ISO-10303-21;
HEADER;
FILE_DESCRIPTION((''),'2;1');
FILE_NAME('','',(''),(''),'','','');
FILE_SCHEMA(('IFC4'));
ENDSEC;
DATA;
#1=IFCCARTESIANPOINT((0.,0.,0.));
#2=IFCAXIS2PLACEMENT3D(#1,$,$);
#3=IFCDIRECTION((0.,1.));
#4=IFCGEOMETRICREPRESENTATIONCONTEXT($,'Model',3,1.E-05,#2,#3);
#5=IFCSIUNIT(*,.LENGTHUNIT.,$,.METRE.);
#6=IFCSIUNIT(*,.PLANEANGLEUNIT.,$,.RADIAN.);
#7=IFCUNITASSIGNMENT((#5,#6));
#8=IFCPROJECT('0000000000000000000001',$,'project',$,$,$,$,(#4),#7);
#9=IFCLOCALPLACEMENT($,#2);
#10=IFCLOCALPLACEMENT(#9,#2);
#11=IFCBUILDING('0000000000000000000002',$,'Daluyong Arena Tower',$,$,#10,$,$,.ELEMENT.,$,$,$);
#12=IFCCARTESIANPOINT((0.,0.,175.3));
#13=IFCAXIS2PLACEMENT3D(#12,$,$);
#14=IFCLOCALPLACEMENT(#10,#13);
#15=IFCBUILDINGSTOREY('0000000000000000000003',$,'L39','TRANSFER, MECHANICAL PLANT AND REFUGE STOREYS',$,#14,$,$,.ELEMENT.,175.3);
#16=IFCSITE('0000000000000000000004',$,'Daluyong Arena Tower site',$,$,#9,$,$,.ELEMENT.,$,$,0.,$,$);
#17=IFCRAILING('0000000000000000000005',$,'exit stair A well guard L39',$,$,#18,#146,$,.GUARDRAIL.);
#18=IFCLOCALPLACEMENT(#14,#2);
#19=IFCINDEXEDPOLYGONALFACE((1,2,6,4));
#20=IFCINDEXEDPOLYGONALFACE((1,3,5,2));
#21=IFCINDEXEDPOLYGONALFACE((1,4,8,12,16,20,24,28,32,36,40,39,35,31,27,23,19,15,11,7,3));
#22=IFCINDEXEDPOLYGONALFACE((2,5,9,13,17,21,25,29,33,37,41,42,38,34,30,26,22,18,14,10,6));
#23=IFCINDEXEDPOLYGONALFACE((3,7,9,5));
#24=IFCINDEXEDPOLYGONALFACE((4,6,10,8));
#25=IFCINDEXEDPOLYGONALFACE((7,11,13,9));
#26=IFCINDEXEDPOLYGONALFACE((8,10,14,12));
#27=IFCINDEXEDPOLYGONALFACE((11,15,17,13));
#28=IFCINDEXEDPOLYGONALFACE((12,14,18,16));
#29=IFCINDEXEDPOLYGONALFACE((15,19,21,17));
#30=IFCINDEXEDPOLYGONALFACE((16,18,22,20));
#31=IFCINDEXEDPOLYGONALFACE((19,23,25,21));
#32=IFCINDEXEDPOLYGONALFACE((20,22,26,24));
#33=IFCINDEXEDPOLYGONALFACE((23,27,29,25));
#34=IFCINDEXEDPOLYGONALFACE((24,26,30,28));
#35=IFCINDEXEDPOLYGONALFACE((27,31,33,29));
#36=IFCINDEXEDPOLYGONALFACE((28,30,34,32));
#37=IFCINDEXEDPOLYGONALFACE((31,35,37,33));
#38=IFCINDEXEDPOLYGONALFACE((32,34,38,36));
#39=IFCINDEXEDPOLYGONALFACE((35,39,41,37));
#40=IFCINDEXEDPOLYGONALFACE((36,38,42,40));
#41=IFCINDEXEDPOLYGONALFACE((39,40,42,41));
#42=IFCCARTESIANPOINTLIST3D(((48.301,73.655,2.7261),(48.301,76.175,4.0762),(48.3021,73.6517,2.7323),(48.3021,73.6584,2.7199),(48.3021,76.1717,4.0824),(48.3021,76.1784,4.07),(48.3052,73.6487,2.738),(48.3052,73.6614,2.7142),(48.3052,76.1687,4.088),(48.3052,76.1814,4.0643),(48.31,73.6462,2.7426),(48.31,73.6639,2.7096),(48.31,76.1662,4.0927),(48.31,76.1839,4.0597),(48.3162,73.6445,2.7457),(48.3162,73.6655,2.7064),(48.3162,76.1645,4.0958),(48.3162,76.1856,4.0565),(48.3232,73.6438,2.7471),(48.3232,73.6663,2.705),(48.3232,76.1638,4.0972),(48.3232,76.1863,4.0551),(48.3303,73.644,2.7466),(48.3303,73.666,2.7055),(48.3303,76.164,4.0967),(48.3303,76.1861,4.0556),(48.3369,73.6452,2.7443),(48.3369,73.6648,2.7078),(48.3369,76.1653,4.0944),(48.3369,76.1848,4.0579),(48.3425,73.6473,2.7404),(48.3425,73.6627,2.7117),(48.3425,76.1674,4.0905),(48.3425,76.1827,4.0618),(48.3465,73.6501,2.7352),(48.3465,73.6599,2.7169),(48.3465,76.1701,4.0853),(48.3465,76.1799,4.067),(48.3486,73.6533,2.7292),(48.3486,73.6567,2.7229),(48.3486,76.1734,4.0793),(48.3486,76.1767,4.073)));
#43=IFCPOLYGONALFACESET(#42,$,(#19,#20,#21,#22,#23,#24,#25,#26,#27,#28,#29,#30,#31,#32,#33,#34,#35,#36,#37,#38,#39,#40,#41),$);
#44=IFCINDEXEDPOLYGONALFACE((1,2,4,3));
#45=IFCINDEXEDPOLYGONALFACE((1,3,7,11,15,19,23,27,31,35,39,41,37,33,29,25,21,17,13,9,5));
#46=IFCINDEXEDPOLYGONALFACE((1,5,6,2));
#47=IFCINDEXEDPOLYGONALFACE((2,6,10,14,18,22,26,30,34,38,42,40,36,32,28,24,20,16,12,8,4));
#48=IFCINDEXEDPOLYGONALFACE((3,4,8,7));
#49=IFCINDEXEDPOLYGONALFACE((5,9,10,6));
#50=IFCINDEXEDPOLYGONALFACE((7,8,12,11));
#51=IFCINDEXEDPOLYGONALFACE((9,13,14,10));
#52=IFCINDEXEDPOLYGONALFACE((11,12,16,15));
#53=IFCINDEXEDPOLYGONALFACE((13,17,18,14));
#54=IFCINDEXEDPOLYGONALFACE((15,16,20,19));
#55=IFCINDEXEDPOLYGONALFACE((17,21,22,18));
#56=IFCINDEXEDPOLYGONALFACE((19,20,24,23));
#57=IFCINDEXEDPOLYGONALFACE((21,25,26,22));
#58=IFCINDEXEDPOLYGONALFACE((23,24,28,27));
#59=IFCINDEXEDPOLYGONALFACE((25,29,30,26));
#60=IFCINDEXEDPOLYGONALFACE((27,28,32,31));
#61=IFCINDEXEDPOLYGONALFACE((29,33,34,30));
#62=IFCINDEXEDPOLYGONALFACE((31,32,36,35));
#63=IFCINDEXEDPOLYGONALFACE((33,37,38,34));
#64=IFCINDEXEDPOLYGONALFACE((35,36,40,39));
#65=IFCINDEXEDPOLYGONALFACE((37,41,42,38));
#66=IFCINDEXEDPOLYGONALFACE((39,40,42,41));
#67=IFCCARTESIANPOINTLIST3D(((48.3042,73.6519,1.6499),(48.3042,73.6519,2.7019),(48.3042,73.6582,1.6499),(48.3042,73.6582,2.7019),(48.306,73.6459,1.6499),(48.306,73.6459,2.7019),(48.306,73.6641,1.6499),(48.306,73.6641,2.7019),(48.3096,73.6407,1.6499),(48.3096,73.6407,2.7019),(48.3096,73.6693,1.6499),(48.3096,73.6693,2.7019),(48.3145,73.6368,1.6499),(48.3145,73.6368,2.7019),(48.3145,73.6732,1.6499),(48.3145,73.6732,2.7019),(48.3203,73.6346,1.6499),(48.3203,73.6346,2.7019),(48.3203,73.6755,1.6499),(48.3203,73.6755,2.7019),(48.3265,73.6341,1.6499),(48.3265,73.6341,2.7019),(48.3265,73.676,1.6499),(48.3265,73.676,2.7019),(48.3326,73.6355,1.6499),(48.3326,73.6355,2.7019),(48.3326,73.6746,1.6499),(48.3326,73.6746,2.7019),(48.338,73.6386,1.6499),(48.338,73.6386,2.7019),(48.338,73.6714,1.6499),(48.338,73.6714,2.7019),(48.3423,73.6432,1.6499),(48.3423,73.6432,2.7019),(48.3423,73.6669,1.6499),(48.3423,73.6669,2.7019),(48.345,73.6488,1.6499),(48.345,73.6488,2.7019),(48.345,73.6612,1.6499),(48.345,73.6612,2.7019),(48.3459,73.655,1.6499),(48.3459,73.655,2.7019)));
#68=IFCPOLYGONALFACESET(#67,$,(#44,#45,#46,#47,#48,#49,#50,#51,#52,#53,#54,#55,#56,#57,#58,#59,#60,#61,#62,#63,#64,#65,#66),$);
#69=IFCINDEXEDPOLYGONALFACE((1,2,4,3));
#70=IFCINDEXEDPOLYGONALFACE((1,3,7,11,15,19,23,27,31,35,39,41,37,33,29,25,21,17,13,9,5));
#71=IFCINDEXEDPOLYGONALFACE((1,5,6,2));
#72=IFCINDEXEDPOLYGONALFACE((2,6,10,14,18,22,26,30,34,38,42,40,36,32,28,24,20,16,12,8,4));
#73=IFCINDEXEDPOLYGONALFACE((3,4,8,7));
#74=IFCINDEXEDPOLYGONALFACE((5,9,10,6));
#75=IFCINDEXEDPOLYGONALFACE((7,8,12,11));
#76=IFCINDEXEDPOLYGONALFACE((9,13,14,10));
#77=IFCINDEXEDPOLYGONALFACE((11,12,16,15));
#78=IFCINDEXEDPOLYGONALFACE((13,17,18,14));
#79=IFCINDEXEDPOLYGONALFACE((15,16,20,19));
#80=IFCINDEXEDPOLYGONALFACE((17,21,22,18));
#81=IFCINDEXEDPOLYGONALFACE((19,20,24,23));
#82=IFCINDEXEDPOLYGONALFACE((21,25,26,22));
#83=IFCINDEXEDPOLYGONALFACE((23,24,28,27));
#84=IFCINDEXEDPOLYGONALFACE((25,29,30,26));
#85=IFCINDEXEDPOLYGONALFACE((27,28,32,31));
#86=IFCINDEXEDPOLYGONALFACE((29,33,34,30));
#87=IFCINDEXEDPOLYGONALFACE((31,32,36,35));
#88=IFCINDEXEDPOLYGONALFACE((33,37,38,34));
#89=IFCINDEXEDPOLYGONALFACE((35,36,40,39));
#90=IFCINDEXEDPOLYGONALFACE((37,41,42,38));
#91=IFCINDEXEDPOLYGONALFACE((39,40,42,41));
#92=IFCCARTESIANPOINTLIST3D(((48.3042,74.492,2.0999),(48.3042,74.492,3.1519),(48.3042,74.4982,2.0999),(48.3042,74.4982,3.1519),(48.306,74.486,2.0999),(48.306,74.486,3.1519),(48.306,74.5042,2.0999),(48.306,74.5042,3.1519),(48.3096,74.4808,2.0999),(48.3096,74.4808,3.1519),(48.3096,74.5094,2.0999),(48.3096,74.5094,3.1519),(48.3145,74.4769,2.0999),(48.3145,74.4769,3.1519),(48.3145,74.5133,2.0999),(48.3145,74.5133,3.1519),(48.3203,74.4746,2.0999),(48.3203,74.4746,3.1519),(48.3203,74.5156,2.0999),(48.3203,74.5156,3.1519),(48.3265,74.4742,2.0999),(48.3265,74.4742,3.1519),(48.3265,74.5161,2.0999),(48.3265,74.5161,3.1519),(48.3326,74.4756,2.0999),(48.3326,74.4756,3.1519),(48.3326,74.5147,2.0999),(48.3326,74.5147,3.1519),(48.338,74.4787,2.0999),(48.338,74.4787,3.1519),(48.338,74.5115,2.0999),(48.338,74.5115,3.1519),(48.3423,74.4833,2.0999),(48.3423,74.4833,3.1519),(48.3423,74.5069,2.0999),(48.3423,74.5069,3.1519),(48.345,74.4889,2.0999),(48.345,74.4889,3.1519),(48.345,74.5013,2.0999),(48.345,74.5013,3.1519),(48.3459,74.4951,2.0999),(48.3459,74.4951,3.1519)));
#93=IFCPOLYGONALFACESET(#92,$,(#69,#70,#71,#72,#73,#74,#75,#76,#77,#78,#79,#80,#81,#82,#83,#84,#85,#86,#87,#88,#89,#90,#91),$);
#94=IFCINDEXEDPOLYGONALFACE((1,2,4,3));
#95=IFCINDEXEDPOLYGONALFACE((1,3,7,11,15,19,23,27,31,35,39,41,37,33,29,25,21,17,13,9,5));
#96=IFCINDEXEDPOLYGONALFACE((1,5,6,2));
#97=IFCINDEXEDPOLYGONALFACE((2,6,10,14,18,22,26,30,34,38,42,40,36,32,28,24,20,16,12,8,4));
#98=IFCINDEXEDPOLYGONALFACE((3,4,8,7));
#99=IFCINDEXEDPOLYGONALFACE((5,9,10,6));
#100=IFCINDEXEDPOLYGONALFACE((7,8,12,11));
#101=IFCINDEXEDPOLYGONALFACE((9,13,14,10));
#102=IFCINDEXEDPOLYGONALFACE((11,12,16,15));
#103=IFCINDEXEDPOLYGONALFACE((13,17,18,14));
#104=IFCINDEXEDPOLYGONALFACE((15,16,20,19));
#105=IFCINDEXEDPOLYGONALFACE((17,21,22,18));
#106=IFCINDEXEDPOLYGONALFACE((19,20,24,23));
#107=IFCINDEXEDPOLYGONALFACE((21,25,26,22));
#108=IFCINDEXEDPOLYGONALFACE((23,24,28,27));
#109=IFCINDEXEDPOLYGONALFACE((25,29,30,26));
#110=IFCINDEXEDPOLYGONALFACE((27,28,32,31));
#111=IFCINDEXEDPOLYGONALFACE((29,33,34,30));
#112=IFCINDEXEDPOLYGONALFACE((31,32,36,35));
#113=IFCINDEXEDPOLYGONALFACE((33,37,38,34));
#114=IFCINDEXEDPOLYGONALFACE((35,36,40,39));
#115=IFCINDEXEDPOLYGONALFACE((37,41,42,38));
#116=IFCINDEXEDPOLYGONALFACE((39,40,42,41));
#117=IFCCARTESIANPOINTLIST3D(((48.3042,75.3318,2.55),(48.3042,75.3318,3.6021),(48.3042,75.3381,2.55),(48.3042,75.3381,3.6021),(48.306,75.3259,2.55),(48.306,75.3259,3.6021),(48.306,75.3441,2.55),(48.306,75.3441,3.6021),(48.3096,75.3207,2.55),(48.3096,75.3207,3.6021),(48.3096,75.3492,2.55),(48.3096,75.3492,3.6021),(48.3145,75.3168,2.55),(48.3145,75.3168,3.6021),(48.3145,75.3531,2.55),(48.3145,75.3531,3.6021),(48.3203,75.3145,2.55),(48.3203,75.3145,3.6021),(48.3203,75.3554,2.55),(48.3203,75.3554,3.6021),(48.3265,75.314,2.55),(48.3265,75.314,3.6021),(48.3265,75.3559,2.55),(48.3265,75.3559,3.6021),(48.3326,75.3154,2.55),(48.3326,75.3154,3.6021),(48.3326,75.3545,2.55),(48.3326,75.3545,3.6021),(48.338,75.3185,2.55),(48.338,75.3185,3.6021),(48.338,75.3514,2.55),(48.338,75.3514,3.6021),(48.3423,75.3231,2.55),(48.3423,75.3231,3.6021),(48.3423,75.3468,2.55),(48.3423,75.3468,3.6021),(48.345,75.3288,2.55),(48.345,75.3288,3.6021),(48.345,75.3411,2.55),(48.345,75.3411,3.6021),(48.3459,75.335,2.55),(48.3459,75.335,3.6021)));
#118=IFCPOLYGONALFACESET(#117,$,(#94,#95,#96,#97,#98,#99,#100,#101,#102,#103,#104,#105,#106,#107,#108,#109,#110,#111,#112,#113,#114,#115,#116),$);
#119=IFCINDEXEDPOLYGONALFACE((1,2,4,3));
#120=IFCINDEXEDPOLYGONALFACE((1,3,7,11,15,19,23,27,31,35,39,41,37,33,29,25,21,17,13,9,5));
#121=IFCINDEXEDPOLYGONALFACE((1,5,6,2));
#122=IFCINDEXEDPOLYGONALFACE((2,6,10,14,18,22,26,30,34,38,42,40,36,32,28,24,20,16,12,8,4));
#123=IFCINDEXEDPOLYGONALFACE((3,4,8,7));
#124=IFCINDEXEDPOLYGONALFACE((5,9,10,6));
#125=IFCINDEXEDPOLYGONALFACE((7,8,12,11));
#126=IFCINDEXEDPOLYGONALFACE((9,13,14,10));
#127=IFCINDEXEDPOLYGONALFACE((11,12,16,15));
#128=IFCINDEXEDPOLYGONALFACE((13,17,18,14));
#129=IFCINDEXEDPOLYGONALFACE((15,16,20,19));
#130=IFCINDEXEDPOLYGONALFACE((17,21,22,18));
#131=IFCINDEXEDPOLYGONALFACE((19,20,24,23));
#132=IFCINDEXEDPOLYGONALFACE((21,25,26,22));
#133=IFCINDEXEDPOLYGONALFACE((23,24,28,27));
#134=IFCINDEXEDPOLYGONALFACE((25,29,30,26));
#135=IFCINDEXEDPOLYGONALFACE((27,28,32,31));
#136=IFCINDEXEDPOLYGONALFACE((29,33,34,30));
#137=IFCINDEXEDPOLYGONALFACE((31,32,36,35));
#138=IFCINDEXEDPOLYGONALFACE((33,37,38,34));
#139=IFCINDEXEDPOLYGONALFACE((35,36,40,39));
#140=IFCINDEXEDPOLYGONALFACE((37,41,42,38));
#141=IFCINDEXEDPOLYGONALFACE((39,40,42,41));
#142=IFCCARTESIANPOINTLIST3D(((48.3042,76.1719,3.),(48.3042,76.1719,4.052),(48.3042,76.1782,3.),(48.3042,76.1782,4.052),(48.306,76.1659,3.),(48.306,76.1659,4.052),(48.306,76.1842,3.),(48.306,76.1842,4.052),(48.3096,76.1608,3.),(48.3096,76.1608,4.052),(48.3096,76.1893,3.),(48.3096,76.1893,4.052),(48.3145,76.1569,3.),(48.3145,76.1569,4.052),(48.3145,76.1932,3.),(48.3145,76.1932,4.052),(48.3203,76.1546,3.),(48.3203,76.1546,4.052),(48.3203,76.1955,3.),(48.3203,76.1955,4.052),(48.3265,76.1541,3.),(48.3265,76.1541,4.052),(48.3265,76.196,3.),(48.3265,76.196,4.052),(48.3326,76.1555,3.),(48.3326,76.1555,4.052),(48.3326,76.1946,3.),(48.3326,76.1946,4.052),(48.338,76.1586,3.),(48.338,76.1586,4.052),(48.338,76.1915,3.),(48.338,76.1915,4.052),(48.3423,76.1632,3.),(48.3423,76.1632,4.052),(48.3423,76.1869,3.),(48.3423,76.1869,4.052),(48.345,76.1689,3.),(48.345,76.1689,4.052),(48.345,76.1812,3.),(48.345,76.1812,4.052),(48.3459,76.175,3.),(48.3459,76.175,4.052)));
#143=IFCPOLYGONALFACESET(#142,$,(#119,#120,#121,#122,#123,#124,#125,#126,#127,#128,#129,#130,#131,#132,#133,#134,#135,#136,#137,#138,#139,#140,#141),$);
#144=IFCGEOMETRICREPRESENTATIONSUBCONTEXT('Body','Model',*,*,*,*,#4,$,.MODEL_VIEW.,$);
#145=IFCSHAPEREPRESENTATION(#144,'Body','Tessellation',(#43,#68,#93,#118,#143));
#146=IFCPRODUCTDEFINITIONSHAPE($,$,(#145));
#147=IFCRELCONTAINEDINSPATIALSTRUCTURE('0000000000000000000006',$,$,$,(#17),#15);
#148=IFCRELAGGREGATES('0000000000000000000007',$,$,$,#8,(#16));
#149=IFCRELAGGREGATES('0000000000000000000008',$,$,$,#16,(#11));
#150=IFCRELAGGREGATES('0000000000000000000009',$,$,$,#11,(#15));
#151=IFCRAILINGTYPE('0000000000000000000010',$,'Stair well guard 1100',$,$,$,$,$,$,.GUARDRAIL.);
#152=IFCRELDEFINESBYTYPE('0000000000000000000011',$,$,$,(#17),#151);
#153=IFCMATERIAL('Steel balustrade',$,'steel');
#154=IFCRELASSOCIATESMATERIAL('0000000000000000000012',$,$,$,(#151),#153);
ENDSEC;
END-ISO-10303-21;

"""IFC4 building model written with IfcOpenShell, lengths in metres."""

from ifc_helpers import new_model, si_unit, direction, frame, origin, origin_2d, place, context, subcontext, project, spatial, circle, extrude, material, type_object, element, save


model = new_model("IFC4")

# Units and contexts
model_context = context("Model", 3, precision=1e-05, world=origin(), true_north=direction((0.0, 1.0)))
body_context = subcontext(model_context, "Body", "Model", "MODEL_VIEW")
ifc_project = project(units=[si_unit("LENGTHUNIT", "METRE"), si_unit("PLANEANGLEUNIT", "RADIAN")], contexts=[model_context])

# Site, building, storey
site_placement = place(None, origin())
site = spatial("IfcSite", under=ifc_project, at=site_placement, Name="Daluyong Arena Tower site", CompositionType="ELEMENT", RefElevation=0.0)
building_placement = place(site_placement, origin())
building = spatial("IfcBuilding", under=site, at=building_placement, Name="Daluyong Arena Tower", CompositionType="ELEMENT")
storey_placement = place(building_placement, frame((0.0, 0.0, 175.3)))
storey = spatial("IfcBuildingStorey", under=building, at=storey_placement, Name="L39", Description="TRANSFER, MECHANICAL PLANT AND REFUGE STOREYS", CompositionType="ELEMENT", Elevation=175.3)

# Railing
ifc_material_1 = material(Name="Steel balustrade", Category="steel")
railing_type_1 = type_object("IfcRailingType", Name="Stair well guard 1100", PredefinedType="GUARDRAIL", material=ifc_material_1)
railing_1_placement = place(storey_placement, frame((48.325, 73.655, 1.6499)))
element("IfcRailing", 1, at=railing_1_placement, inside=storey, type_object=railing_type_1, Name="exit stair A well guard L39", PredefinedType="GUARDRAIL", context=body_context, shape_type="SweptSolid", body=[
    extrude(circle(Radius=0.0239, at=origin_2d()), frame((0.0, 0.0, 1.0762), z_axis=(0.0, 0.881467, 0.472245), x_axis=(-1.0, 0.0, 0.0)), (0.0, 0.0, 1.0), 2.8589),
    extrude(circle(Radius=0.021, at=origin_2d()), origin(), (0.0, 0.0, 1.0), 1.052),
    extrude(circle(Radius=0.021, at=origin_2d()), frame((0.0, 0.8401, 0.45)), (0.0, 0.0, 1.0), 1.052),
    extrude(circle(Radius=0.021, at=origin_2d()), frame((0.0, 1.6799, 0.9001)), (0.0, 0.0, 1.0), 1.052),
    extrude(circle(Radius=0.021, at=origin_2d()), frame((0.0, 2.52, 1.3501)), (0.0, 0.0, 1.0), 1.052),
])

save(model, "model.ifc")
